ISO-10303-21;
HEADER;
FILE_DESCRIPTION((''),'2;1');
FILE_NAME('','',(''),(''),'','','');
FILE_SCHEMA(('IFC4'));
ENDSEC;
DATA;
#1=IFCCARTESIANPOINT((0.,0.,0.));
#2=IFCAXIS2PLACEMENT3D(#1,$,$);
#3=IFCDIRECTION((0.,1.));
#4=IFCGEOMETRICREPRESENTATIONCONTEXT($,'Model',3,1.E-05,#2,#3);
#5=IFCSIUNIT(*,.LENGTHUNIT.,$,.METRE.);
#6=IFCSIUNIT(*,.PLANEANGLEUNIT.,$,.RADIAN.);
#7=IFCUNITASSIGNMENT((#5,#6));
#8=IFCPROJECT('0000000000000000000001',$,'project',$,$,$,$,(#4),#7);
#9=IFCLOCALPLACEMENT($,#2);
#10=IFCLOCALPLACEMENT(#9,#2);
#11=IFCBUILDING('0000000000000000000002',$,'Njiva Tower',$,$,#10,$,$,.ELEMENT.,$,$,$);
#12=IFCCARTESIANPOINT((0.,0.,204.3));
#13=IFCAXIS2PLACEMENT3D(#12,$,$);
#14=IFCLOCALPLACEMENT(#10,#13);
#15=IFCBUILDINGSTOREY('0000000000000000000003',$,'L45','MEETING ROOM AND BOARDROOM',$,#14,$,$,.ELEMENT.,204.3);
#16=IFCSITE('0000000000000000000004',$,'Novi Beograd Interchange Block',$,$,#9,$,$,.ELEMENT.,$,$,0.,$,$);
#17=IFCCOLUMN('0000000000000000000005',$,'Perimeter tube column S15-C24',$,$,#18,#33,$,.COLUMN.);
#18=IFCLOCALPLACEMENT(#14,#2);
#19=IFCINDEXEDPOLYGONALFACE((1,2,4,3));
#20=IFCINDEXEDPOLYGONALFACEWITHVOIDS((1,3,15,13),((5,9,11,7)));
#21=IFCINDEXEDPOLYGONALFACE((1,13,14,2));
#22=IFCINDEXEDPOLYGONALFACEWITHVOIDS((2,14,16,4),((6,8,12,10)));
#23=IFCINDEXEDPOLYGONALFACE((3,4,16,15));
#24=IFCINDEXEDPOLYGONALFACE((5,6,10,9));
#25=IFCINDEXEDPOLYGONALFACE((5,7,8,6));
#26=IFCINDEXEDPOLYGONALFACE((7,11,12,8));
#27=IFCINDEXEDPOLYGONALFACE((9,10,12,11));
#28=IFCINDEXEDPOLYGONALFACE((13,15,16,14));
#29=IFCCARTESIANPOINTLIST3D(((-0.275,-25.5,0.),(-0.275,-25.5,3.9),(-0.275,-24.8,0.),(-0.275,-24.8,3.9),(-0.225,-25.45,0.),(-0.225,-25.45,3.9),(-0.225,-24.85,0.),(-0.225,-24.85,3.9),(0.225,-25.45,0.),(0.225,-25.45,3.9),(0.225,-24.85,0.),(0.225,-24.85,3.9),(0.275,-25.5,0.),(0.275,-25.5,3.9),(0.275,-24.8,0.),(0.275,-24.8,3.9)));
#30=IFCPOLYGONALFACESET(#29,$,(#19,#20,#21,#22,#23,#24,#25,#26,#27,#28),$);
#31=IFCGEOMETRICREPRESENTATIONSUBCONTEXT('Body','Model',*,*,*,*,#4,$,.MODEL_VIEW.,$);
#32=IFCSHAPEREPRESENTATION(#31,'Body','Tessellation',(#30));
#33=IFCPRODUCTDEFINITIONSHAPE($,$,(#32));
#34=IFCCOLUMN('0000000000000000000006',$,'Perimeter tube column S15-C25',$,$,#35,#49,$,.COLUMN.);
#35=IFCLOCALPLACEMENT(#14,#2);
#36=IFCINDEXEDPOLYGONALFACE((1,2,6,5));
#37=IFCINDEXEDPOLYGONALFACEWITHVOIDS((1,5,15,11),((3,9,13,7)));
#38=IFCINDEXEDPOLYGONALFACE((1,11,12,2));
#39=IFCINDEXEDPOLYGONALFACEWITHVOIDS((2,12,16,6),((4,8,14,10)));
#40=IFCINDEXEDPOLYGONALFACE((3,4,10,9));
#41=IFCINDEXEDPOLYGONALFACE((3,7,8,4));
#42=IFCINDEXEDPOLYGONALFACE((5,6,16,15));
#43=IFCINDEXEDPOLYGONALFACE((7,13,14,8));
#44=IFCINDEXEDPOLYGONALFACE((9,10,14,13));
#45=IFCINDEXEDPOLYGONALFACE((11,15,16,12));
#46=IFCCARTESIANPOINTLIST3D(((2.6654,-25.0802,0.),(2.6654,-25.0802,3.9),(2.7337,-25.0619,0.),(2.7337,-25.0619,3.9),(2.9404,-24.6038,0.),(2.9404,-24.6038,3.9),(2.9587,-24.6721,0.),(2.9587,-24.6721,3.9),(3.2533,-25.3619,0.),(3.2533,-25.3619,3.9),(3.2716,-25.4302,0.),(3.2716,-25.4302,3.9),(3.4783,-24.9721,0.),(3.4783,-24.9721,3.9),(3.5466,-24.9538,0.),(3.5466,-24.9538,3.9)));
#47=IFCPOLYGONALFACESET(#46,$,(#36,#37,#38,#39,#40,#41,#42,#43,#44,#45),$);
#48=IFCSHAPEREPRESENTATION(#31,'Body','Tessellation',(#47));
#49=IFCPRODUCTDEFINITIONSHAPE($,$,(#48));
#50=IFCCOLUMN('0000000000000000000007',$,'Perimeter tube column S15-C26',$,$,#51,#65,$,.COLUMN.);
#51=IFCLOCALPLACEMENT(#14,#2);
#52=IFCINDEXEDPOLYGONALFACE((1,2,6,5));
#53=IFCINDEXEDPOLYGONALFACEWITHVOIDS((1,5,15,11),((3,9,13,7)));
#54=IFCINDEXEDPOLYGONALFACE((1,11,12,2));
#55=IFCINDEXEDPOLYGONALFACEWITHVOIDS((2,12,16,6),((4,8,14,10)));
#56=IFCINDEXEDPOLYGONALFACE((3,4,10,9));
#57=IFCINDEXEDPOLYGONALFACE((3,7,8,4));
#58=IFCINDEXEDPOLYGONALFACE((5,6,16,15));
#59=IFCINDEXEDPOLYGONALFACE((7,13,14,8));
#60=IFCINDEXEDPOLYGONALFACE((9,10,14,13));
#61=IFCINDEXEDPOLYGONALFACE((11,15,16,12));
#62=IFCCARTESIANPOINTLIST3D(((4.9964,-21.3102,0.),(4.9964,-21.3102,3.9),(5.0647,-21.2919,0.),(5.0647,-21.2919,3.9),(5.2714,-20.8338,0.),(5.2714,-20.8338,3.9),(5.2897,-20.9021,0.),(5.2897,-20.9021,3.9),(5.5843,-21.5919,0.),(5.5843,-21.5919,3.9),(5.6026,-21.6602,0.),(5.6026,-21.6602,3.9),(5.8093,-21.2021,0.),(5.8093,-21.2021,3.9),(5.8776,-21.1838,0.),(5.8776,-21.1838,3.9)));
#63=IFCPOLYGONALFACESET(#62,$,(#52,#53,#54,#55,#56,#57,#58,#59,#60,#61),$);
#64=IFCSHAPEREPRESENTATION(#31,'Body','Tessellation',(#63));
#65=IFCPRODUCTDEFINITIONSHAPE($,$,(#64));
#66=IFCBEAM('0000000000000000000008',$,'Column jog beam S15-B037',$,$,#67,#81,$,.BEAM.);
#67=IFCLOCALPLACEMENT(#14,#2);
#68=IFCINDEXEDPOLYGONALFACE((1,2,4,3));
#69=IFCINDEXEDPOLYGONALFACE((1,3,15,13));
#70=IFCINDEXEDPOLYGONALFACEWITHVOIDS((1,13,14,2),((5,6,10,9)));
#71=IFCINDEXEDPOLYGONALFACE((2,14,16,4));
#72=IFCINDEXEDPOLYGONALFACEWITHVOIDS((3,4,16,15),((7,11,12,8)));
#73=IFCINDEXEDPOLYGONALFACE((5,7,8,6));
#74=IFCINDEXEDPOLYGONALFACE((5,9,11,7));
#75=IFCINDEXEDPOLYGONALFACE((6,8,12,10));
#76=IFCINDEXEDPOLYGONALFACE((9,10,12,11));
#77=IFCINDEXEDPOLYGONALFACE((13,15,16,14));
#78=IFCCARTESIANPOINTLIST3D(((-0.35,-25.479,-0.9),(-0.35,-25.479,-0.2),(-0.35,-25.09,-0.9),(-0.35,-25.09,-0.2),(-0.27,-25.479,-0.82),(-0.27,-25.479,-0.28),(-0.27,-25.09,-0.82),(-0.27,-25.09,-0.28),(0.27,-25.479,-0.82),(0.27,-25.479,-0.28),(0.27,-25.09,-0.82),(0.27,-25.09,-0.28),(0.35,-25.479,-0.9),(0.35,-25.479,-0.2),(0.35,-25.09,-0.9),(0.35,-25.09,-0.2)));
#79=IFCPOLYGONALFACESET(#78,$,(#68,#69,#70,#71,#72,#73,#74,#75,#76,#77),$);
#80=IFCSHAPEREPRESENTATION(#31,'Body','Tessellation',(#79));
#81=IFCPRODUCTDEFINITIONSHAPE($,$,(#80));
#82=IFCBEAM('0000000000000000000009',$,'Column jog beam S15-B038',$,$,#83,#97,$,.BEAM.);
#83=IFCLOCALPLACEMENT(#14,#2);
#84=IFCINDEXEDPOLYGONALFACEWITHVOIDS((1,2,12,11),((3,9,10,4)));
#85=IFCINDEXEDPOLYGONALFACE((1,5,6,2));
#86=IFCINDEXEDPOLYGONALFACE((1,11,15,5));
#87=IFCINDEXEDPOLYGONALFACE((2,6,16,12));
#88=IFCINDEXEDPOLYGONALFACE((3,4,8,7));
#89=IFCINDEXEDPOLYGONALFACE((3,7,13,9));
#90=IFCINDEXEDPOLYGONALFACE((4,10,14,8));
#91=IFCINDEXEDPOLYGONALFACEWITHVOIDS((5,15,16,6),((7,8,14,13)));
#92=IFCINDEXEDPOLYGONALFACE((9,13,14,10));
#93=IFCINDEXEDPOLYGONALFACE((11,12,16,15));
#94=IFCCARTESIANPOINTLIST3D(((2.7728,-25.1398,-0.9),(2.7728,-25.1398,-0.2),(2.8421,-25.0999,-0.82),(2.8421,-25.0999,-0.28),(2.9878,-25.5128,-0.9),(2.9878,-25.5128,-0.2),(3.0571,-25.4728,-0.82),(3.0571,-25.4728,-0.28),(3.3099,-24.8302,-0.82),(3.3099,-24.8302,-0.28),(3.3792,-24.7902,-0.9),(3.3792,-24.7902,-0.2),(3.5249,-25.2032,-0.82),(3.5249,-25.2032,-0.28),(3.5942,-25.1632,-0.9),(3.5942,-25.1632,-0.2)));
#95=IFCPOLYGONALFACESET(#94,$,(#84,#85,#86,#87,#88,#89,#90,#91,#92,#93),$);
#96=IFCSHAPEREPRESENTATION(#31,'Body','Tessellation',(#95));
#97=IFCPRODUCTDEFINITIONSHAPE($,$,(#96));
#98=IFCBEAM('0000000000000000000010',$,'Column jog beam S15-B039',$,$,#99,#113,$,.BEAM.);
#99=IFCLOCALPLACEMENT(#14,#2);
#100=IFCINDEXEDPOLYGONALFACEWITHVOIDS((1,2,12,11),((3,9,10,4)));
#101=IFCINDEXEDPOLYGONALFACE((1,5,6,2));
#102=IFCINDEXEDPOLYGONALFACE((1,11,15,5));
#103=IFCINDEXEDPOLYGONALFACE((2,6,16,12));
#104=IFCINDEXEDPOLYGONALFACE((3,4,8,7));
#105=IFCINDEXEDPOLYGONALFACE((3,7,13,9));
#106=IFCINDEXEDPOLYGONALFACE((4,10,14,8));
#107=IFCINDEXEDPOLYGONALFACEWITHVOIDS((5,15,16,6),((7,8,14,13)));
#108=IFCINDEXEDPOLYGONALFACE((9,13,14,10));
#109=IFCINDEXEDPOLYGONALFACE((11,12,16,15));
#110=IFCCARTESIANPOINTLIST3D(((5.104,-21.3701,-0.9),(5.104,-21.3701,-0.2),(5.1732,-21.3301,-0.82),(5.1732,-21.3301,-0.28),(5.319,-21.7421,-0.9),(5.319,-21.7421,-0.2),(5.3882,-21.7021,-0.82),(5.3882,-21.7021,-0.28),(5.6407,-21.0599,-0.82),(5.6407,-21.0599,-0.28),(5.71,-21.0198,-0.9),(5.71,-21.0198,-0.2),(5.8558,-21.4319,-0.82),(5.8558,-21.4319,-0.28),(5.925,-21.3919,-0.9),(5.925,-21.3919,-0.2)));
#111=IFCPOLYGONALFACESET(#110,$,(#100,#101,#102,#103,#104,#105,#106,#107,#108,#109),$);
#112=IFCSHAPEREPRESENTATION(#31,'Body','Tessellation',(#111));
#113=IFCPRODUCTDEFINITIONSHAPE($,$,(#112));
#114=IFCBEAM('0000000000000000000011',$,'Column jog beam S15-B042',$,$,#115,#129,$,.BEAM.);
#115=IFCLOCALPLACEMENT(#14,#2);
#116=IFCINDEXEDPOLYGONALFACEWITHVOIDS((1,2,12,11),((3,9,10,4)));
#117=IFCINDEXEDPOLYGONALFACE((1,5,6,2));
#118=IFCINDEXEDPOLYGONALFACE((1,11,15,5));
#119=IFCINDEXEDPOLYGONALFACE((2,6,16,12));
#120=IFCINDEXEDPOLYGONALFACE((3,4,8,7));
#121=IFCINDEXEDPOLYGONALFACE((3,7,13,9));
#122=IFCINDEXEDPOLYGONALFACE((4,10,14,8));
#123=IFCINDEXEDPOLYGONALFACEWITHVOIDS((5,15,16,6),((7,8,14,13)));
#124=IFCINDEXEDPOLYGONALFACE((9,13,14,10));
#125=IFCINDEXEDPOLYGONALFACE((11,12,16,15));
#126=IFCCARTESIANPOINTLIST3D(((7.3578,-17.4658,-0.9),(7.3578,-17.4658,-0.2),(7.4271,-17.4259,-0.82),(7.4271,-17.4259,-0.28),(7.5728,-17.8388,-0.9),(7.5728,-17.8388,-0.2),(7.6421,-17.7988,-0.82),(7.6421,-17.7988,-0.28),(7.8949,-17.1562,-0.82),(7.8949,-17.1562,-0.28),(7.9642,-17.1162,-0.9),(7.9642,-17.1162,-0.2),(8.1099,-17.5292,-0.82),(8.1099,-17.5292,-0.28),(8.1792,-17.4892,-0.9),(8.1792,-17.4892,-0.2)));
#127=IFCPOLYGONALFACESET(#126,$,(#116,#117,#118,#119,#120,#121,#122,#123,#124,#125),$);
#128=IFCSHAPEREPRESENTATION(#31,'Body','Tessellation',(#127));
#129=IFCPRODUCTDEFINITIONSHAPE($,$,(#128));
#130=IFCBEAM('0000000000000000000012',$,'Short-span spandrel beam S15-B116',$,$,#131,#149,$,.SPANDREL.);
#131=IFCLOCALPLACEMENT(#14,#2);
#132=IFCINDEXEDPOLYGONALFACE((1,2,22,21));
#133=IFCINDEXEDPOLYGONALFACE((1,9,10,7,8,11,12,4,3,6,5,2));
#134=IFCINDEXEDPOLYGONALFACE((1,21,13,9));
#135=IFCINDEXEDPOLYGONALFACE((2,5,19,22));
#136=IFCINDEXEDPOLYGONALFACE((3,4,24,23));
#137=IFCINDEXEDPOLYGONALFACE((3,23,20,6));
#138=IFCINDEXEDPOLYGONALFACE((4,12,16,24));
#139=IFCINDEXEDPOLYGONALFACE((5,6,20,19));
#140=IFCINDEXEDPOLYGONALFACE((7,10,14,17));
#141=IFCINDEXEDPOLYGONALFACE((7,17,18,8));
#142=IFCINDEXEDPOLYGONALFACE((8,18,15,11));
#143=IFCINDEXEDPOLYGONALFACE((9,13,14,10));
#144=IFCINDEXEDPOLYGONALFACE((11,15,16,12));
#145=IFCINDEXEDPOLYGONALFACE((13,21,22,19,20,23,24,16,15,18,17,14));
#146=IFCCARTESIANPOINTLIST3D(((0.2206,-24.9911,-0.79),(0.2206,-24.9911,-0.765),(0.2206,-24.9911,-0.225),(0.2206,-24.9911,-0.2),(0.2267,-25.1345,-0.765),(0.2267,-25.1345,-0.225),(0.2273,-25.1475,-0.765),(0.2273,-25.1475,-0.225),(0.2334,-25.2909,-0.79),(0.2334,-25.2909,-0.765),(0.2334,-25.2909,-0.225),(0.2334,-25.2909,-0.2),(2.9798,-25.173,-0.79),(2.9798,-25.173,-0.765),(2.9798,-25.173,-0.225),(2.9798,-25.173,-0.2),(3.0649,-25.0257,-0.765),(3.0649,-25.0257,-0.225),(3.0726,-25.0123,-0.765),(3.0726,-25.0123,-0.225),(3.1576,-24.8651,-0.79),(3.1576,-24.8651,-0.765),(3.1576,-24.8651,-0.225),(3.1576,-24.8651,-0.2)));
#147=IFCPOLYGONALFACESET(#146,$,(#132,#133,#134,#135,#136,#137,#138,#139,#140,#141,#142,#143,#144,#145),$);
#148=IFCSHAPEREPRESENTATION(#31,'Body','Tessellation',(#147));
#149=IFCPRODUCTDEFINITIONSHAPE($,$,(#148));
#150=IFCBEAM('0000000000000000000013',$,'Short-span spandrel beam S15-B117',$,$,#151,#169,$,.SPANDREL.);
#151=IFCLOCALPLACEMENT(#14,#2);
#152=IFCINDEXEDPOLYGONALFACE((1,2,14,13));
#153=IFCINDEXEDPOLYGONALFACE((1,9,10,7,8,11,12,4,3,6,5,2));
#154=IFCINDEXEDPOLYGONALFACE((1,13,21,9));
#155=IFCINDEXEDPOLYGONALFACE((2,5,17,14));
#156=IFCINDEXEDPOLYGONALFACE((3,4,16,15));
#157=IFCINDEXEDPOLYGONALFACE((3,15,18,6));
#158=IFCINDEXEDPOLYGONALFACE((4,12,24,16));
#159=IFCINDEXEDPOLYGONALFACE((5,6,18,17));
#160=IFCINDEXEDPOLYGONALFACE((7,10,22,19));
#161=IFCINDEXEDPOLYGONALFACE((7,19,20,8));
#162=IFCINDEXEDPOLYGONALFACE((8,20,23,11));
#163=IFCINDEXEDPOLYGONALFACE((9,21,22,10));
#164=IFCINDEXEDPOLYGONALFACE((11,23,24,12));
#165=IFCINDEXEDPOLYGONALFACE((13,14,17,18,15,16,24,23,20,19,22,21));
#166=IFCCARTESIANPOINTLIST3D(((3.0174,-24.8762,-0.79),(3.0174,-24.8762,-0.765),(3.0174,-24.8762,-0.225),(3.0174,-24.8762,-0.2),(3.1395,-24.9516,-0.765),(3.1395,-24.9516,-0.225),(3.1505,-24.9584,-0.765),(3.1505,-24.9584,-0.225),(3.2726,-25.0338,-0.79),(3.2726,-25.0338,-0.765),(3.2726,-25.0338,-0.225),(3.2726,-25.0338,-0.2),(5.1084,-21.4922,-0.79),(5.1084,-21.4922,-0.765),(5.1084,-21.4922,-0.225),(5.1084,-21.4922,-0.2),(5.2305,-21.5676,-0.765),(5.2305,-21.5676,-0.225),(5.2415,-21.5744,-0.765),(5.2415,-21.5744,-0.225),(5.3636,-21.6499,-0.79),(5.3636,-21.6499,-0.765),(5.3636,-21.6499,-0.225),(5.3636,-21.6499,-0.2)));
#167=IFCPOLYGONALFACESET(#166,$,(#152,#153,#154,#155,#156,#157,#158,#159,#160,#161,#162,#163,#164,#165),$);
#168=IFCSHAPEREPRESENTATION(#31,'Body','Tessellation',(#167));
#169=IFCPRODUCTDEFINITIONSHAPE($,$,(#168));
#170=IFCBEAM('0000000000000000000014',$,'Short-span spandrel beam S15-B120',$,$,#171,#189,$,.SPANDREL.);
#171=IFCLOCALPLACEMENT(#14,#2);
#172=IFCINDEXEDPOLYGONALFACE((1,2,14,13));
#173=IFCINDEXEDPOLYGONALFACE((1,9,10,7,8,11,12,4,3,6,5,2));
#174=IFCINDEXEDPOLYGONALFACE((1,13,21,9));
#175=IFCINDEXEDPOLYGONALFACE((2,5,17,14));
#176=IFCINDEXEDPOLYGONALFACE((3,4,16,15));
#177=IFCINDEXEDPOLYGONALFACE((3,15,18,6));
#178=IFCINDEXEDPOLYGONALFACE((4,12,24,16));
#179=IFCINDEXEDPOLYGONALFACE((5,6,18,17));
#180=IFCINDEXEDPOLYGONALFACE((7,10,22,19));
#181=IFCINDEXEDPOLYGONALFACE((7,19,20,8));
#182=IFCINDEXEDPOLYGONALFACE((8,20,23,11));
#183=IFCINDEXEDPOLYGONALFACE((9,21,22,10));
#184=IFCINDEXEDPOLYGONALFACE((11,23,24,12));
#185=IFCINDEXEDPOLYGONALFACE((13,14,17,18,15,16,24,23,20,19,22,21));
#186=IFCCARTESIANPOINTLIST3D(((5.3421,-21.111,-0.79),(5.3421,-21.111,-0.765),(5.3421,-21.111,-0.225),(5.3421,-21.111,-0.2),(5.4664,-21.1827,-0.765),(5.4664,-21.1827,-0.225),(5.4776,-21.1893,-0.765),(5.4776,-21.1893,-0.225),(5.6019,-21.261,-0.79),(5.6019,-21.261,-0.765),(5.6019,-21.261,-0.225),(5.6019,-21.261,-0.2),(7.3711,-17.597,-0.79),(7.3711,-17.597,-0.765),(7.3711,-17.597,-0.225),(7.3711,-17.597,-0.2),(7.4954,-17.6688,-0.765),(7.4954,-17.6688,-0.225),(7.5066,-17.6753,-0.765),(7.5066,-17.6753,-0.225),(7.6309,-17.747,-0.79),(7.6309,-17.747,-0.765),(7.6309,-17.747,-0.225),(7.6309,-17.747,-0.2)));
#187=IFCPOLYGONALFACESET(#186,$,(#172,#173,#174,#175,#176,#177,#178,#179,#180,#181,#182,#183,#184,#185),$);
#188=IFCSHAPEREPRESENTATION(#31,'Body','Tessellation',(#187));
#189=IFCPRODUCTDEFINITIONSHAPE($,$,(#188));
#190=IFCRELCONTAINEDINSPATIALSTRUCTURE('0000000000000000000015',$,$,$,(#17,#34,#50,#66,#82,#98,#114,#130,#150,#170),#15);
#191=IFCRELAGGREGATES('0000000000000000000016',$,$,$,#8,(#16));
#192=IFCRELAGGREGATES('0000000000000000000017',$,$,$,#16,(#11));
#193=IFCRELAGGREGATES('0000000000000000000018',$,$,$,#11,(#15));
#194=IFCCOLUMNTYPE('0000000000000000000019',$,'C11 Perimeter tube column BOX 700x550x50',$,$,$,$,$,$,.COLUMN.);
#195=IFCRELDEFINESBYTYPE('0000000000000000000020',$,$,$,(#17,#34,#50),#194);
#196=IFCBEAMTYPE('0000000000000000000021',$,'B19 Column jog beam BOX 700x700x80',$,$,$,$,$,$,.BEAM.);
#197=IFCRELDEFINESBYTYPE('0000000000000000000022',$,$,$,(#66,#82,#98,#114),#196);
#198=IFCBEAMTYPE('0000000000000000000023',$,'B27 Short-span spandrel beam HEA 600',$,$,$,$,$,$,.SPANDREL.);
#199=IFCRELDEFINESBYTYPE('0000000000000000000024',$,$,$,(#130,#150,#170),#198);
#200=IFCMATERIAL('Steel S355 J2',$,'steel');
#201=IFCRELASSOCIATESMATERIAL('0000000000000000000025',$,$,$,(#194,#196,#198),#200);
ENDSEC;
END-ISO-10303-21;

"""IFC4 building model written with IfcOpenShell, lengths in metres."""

from ifc_helpers import new_model, si_unit, direction, frame, origin, origin_2d, place, context, subcontext, project, spatial, hollow_rectangle, i_section, extrude, clip, halfspace, material, material_profile, profile_set, type_object, element, save


model = new_model("IFC4")

# Units and contexts
model_context = context("Model", 3, precision=1e-05, world=origin(), true_north=direction((0.0, 1.0)))
body_context = subcontext(model_context, "Body", "Model", "MODEL_VIEW")
ifc_project = project(units=[si_unit("LENGTHUNIT", "METRE"), si_unit("PLANEANGLEUNIT", "RADIAN")], contexts=[model_context])

# Site, building, storey
site_placement = place(None, origin())
site = spatial("IfcSite", under=ifc_project, at=site_placement, Name="Novi Beograd Interchange Block", CompositionType="ELEMENT", RefElevation=0.0)
building_placement = place(site_placement, origin())
building = spatial("IfcBuilding", under=site, at=building_placement, Name="Njiva Tower", CompositionType="ELEMENT")
storey_placement = place(building_placement, frame((0.0, 0.0, 204.3)))
storey = spatial("IfcBuildingStorey", under=building, at=storey_placement, Name="L45", Description="MEETING ROOM AND BOARDROOM", CompositionType="ELEMENT", Elevation=204.3)

# Columns
ifc_material_1 = material(Name="Steel S355 J2", Category="steel")
ifc_material_profile_1 = material_profile(ifc_material_1, hollow_rectangle(XDim=0.55, YDim=0.7, WallThickness=0.05, at=origin_2d()), Name="BOX 700x550x50")
ifc_profile_set_1 = profile_set([ifc_material_profile_1], Name="Steel S355 J2")
column_type = type_object("IfcColumnType", Name="C11 Perimeter tube column BOX 700x550x50", PredefinedType="COLUMN", material=ifc_profile_set_1)
for number, where, z_axis, x_axis, name in (
    (1, (0.0, -25.15, 0.0), (0.0, 0.0, 1.0), (1.0, 0.0, 0.0), "Perimeter tube column S15-C24"),
    (2, (3.106, -25.017, 0.0), (0.0, 0.0, 1.0), (0.5, 0.866025, 0.0), "Perimeter tube column S15-C25"),
    (3, (5.437, -21.247, 0.0), (0.0, 0.0, 1.0), (0.5, 0.866025, 0.0), "Perimeter tube column S15-C26"),
):
    element("IfcColumn", number, at=place(storey_placement, frame(where, z_axis=z_axis, x_axis=x_axis)), inside=storey, type_object=column_type, Name=name, PredefinedType="COLUMN", context=body_context, shape_type="SweptSolid", body=[
        extrude(hollow_rectangle(XDim=0.55, YDim=0.7, WallThickness=0.05, at=origin_2d()), origin(), (0.0, 0.0, 1.0), 3.9),
    ])

# Beams
ifc_material_profile_2 = material_profile(ifc_material_1, hollow_rectangle(XDim=0.7, YDim=0.7, WallThickness=0.08, at=origin_2d()), Name="BOX 700x700x80")
ifc_profile_set_2 = profile_set([ifc_material_profile_2], Name="Steel S355 J2")
beam_type_1 = type_object("IfcBeamType", Name="B19 Column jog beam BOX 700x700x80", PredefinedType="BEAM", material=ifc_profile_set_2)
beam_1_placement = place(storey_placement, frame((0.0, -25.479, -0.55), z_axis=(0.0, 1.0, 0.0), x_axis=(-1.0, 0.0, 0.0)))
element("IfcBeam", 4, at=beam_1_placement, inside=storey, type_object=beam_type_1, Name="Column jog beam S15-B037", PredefinedType="BEAM", context=body_context, shape_type="SweptSolid", body=[
    extrude(hollow_rectangle(XDim=0.7, YDim=0.7, WallThickness=0.08, at=origin_2d()), origin(), (0.0, 0.0, 1.0), 0.389),
])
beam_2_placement = place(storey_placement, frame((3.291, -25.338, -0.55), z_axis=(-0.499387, 0.866379, 0.0), x_axis=(-0.866379, -0.499387, 0.0)))
element("IfcBeam", 5, at=beam_2_placement, inside=storey, type_object=beam_type_1, Name="Column jog beam S15-B038", PredefinedType="BEAM", context=body_context, shape_type="SweptSolid", body=[
    extrude(hollow_rectangle(XDim=0.7, YDim=0.7, WallThickness=0.08, at=origin_2d()), origin(), (0.0, 0.0, 1.0), 0.4305),
])
beam_3_placement = place(storey_placement, frame((5.622, -21.567, -0.55), z_axis=(-0.500394, 0.865798, 0.0), x_axis=(-0.865798, -0.500394, 0.0)))
element("IfcBeam", 6, at=beam_3_placement, inside=storey, type_object=beam_type_1, Name="Column jog beam S15-B039", PredefinedType="BEAM", context=body_context, shape_type="SweptSolid", body=[
    extrude(hollow_rectangle(XDim=0.7, YDim=0.7, WallThickness=0.08, at=origin_2d()), origin(), (0.0, 0.0, 1.0), 0.4297),
])
beam_4_placement = place(storey_placement, frame((7.876, -17.664, -0.55), z_axis=(-0.499387, 0.866379, 0.0), x_axis=(-0.866379, -0.499387, 0.0)))
element("IfcBeam", 7, at=beam_4_placement, inside=storey, type_object=beam_type_1, Name="Column jog beam S15-B042", PredefinedType="BEAM", context=body_context, shape_type="SweptSolid", body=[
    extrude(hollow_rectangle(XDim=0.7, YDim=0.7, WallThickness=0.08, at=origin_2d()), origin(), (0.0, 0.0, 1.0), 0.4305),
])
ifc_material_profile_3 = material_profile(ifc_material_1, i_section(OverallWidth=0.3, OverallDepth=0.59, WebThickness=0.013, FlangeThickness=0.025, at=origin_2d()), Name="HEA 600")
ifc_profile_set_3 = profile_set([ifc_material_profile_3], Name="Steel S355 J2")
beam_type_2 = type_object("IfcBeamType", Name="B27 Short-span spandrel beam HEA 600", PredefinedType="SPANDREL", material=ifc_profile_set_3)
beam_5_placement = place(storey_placement, frame((0.227, -25.141, -0.495), z_axis=(0.99908, 0.042888, 0.0), x_axis=(-0.042888, 0.99908, 0.0)))
element("IfcBeam", 8, at=beam_5_placement, inside=storey, type_object=beam_type_2, Name="Short-span spandrel beam S15-B116", PredefinedType="SPANDREL", context=body_context, shape_type="Clipping", body=[
    clip(extrude(i_section(OverallWidth=0.3, OverallDepth=0.59, WebThickness=0.013, FlangeThickness=0.025, at=origin_2d()), origin(), (0.0, 0.0, 1.0), 2.9596), halfspace(frame((-0.0268, 0.0, 2.8273), z_axis=(-0.53668, 0.0, 0.843786), x_axis=(0.0, 1.0, 0.0)), False)),
])
beam_6_placement = place(storey_placement, frame((3.145, -24.955, -0.495), z_axis=(0.525653, 0.850699, 0.0), x_axis=(-0.850699, 0.525653, 0.0)))
element("IfcBeam", 9, at=beam_6_placement, inside=storey, type_object=beam_type_2, Name="Short-span spandrel beam S15-B117", PredefinedType="SPANDREL", context=body_context, shape_type="SweptSolid", body=[
    extrude(i_section(OverallWidth=0.3, OverallDepth=0.59, WebThickness=0.013, FlangeThickness=0.025, at=origin_2d()), origin(), (0.0, 0.0, 1.0), 3.9779),
])
beam_7_placement = place(storey_placement, frame((5.472, -21.186, -0.495), z_axis=(0.500035, 0.866005, 0.0), x_axis=(-0.866005, 0.500035, 0.0)))
element("IfcBeam", 10, at=beam_7_placement, inside=storey, type_object=beam_type_2, Name="Short-span spandrel beam S15-B120", PredefinedType="SPANDREL", context=body_context, shape_type="SweptSolid", body=[
    extrude(i_section(OverallWidth=0.3, OverallDepth=0.59, WebThickness=0.013, FlangeThickness=0.025, at=origin_2d()), origin(), (0.0, 0.0, 1.0), 4.0577),
])

save(model, "model.ifc")
